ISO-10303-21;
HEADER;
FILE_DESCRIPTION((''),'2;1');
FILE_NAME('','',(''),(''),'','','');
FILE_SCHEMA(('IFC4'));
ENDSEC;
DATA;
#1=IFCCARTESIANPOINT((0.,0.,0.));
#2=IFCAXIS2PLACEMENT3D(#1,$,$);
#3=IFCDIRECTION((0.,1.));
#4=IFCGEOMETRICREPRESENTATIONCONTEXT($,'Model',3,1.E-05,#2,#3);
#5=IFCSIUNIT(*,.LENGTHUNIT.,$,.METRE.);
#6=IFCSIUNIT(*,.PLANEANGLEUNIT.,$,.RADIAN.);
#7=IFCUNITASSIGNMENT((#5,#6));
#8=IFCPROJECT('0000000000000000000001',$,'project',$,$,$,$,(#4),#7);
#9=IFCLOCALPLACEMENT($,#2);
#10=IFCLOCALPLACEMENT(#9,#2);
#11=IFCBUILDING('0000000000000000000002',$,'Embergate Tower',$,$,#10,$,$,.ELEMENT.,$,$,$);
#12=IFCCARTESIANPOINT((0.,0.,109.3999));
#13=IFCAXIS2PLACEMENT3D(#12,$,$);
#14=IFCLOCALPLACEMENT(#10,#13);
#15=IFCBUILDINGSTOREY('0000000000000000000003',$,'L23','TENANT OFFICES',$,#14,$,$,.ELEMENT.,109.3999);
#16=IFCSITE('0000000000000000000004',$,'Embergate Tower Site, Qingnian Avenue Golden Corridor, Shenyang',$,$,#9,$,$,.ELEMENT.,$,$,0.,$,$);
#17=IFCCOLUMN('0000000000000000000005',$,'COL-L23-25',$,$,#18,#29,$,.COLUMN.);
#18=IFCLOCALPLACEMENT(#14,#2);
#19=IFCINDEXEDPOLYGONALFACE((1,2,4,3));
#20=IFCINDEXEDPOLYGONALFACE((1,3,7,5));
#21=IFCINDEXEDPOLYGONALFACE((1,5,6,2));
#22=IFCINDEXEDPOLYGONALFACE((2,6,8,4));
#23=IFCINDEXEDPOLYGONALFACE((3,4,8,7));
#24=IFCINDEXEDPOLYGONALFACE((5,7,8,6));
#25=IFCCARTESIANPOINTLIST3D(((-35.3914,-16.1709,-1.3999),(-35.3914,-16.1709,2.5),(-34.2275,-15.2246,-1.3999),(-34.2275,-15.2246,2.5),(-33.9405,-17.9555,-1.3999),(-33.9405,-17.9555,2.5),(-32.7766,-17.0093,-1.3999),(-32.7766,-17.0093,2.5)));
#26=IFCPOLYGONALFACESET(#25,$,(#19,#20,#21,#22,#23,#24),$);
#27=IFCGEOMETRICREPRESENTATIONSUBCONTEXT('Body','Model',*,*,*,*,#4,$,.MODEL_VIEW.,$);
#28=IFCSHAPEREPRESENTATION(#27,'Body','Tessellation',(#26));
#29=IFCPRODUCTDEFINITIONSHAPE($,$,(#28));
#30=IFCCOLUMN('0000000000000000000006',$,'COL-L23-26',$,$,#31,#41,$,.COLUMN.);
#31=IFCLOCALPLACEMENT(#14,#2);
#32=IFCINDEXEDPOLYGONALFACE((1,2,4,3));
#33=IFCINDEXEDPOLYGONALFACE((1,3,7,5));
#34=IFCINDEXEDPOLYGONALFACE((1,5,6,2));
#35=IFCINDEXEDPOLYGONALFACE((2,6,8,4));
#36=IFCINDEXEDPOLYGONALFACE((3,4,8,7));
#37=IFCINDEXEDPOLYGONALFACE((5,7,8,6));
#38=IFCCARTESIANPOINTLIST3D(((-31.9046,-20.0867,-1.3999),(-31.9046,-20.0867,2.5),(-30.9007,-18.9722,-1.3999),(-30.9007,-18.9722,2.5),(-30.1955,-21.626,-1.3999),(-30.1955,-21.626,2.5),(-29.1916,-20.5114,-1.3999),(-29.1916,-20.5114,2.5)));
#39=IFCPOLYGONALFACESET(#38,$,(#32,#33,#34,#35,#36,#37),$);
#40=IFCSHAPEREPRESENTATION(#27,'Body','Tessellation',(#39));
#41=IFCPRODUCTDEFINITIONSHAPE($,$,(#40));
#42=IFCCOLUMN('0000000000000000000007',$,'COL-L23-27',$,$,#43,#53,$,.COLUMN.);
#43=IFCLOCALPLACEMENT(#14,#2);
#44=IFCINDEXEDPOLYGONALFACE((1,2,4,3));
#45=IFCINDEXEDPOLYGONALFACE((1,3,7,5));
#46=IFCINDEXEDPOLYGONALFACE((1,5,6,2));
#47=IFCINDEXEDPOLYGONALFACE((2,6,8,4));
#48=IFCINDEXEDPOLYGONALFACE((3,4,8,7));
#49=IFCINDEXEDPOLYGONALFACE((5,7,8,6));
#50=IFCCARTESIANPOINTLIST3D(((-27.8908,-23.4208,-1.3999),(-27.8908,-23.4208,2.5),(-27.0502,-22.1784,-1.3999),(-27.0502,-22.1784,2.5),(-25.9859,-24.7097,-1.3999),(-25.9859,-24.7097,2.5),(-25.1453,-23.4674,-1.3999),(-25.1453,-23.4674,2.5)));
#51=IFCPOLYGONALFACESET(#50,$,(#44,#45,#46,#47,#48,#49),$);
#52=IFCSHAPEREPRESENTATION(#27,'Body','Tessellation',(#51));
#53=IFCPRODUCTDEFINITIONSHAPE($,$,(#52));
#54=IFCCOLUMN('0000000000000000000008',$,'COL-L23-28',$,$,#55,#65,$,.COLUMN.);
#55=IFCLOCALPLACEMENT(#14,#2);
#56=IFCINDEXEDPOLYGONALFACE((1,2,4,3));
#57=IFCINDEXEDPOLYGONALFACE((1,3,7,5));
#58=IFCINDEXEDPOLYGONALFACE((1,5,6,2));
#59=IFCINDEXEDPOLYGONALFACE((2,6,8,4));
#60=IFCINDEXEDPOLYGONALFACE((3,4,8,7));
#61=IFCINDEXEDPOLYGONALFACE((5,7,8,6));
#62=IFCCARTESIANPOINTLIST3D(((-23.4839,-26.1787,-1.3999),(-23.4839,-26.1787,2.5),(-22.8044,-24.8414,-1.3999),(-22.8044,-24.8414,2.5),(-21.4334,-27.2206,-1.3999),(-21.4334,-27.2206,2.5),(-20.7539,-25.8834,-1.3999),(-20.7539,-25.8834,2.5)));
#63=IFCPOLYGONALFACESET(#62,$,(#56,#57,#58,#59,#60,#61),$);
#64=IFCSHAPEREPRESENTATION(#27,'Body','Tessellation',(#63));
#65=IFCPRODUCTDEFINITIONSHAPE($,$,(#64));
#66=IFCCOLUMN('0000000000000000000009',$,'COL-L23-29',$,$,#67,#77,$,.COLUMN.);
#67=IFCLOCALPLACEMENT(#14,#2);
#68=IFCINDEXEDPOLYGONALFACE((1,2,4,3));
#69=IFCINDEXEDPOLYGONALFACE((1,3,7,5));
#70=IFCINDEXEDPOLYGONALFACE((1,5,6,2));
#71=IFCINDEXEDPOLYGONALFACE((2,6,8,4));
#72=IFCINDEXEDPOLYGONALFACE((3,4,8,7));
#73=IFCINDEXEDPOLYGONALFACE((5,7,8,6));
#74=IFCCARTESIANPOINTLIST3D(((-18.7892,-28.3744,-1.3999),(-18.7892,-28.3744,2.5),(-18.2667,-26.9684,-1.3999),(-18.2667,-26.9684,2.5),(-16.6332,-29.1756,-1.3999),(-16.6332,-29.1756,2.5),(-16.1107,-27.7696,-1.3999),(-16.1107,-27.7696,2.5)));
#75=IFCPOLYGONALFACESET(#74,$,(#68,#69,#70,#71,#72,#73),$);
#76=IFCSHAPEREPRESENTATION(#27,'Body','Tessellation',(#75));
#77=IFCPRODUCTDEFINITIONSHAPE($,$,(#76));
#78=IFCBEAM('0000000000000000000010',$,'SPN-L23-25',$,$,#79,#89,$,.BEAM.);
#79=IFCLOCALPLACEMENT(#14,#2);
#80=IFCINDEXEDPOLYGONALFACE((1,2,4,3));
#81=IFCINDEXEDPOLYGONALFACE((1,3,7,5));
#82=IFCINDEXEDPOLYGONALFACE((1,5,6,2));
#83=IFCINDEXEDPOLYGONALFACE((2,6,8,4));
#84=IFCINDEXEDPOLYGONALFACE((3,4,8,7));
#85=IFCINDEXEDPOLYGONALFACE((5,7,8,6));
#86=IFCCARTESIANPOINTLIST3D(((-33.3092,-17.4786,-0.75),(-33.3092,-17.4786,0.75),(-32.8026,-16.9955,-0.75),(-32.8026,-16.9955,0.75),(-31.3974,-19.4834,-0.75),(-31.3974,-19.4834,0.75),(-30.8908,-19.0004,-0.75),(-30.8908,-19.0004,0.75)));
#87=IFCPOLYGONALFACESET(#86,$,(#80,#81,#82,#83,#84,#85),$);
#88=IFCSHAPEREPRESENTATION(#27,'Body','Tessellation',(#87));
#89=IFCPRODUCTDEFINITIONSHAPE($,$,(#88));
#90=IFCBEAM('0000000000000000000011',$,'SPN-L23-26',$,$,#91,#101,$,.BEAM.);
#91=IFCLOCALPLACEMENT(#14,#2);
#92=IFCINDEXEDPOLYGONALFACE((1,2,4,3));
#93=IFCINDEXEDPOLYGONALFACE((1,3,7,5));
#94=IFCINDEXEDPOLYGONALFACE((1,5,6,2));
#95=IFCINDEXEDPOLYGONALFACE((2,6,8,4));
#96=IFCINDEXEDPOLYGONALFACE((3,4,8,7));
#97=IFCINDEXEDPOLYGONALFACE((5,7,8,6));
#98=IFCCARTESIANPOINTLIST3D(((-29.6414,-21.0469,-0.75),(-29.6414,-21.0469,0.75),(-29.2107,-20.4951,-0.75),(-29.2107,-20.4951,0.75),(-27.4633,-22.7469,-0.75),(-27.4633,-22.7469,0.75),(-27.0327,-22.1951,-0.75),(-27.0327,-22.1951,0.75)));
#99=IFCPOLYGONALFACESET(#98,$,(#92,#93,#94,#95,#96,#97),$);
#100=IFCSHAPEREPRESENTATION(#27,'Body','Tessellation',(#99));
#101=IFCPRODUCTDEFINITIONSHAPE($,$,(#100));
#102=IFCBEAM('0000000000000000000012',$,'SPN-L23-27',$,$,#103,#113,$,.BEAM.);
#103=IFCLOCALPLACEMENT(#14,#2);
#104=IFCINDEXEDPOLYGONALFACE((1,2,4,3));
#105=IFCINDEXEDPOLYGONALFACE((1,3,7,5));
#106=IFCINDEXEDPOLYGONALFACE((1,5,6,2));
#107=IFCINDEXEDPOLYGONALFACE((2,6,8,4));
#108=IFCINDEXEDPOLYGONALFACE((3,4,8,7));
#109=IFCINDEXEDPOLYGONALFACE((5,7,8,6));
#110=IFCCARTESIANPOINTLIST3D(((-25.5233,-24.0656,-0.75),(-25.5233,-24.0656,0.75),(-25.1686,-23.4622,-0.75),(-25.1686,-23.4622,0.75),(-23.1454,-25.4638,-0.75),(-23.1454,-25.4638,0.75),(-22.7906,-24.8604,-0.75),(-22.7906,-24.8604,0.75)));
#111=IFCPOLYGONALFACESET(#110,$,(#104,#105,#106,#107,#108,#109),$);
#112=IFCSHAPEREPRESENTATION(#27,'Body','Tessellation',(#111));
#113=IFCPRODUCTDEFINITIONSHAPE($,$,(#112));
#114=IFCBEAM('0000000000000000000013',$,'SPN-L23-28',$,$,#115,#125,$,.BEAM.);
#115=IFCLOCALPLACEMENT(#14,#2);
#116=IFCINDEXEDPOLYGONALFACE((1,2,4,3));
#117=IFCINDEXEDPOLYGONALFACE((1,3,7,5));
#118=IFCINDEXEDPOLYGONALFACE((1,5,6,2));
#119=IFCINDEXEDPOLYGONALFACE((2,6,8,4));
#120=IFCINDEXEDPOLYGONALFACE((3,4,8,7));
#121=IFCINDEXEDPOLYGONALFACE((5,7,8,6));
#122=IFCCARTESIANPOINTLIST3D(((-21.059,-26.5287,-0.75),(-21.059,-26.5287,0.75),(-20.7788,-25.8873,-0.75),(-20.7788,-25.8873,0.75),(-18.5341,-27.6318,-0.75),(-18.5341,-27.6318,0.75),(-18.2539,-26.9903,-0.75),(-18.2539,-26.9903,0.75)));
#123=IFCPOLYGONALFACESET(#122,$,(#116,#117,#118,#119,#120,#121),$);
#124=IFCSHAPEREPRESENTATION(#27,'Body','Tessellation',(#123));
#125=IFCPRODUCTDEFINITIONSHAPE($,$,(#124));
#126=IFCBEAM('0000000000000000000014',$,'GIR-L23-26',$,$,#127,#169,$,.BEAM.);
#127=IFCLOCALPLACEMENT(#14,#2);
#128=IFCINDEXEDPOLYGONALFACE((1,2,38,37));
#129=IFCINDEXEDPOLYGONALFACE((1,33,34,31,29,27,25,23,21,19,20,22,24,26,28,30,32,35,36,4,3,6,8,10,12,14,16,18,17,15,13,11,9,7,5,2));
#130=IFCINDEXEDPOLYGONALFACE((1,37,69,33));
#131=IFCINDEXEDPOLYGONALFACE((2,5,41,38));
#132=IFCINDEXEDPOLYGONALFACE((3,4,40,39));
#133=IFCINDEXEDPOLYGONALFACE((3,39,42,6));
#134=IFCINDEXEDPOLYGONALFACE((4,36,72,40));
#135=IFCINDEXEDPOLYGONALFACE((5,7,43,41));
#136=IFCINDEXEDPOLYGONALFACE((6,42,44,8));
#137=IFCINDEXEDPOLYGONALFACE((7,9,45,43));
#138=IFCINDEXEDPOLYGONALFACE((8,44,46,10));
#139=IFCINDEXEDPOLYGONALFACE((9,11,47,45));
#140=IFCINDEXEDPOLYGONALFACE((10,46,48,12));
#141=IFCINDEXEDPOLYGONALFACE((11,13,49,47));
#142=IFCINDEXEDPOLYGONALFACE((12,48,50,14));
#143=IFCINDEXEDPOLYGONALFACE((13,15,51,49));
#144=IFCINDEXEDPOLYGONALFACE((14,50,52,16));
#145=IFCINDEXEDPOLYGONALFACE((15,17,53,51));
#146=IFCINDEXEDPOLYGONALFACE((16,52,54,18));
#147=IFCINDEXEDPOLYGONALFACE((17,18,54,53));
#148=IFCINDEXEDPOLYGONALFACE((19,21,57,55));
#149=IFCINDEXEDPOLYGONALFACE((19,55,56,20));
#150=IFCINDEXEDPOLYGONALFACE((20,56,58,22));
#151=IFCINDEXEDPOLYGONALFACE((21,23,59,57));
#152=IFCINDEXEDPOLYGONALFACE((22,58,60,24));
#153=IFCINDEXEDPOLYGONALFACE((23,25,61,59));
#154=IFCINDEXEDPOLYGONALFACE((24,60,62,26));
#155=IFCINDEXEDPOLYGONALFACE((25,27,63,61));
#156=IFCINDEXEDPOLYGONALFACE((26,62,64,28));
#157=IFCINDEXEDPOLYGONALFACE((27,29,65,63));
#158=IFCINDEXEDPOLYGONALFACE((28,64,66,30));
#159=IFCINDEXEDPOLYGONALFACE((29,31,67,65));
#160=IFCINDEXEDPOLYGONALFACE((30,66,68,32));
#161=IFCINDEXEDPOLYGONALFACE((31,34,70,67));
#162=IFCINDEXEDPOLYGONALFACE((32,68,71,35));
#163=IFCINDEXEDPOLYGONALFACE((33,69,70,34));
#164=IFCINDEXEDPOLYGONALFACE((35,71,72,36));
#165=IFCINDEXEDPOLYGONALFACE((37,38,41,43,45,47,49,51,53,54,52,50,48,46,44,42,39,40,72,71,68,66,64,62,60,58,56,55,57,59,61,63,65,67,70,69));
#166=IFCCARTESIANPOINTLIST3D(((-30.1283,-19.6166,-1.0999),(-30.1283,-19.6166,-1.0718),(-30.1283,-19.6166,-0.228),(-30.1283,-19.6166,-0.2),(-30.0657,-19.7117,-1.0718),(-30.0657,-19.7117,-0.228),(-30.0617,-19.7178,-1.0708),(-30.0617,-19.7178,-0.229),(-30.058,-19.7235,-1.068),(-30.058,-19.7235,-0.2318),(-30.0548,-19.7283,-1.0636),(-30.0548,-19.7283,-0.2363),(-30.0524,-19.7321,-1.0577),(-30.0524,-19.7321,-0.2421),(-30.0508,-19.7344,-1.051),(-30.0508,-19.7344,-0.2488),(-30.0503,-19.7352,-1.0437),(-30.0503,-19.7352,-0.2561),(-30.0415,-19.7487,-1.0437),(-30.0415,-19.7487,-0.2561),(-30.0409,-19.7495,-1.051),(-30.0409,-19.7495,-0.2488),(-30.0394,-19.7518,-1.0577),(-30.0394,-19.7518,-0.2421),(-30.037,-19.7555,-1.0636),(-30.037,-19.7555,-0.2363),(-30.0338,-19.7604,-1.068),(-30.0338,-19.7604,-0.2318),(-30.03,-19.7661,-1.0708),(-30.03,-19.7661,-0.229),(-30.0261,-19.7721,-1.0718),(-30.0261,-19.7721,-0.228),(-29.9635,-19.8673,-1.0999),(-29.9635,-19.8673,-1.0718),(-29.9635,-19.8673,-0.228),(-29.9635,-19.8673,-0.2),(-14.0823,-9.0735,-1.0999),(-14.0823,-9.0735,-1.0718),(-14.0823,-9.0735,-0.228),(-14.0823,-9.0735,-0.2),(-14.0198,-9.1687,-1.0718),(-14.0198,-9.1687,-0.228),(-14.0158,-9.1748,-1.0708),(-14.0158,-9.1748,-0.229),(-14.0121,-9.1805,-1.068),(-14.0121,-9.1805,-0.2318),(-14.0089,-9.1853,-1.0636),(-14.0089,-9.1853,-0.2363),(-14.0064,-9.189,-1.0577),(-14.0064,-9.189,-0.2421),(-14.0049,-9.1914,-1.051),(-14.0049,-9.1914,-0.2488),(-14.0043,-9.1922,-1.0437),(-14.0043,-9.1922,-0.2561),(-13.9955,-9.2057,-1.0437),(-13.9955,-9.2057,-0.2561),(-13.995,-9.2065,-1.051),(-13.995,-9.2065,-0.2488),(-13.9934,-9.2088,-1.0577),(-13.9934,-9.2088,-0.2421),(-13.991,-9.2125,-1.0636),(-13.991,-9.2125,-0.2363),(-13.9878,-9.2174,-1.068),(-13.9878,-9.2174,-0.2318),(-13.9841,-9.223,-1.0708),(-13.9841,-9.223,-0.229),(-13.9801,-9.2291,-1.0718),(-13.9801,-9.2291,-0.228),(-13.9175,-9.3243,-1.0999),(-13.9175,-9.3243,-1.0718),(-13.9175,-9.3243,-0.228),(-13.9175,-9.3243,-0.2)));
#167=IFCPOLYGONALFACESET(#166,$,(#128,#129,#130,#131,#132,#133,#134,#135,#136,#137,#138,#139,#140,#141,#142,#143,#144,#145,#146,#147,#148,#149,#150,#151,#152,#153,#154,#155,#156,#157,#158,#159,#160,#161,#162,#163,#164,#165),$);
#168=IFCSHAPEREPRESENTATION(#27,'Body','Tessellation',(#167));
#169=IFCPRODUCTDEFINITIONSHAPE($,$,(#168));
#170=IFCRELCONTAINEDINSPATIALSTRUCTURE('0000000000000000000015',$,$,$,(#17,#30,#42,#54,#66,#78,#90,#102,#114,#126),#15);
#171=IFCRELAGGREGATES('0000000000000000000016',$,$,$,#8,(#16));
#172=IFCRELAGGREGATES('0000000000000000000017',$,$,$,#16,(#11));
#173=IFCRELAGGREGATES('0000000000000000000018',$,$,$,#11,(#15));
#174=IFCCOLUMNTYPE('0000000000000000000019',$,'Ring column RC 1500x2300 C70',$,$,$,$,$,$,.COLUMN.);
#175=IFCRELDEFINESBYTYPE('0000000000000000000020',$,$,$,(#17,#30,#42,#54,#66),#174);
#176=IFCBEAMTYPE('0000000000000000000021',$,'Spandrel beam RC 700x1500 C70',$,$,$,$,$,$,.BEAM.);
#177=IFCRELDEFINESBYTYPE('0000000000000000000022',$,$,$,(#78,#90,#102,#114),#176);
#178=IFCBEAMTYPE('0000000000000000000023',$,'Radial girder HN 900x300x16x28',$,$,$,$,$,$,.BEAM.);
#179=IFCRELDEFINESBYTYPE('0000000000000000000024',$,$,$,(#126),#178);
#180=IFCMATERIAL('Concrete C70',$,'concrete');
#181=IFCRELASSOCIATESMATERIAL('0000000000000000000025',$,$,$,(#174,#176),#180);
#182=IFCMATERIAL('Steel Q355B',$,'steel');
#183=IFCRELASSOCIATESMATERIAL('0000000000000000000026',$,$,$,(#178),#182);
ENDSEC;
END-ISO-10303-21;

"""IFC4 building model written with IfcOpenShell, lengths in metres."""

from ifc_helpers import new_model, si_unit, direction, frame, origin, origin_2d, place, context, subcontext, project, spatial, rectangle, i_section, extrude, source, transform, mapped, material, material_profile, profile_set, type_object, element, save


model = new_model("IFC4")

# Units and contexts
model_context = context("Model", 3, precision=1e-05, world=origin(), true_north=direction((0.0, 1.0)))
body_context = subcontext(model_context, "Body", "Model", "MODEL_VIEW")
ifc_project = project(units=[si_unit("LENGTHUNIT", "METRE"), si_unit("PLANEANGLEUNIT", "RADIAN")], contexts=[model_context])

# Site, building, storey
site_placement = place(None, origin())
site = spatial("IfcSite", under=ifc_project, at=site_placement, Name="Embergate Tower Site, Qingnian Avenue Golden Corridor, Shenyang", CompositionType="ELEMENT", RefElevation=0.0)
building_placement = place(site_placement, origin())
building = spatial("IfcBuilding", under=site, at=building_placement, Name="Embergate Tower", CompositionType="ELEMENT")
storey_placement = place(building_placement, frame((0.0, 0.0, 109.3999)))
storey = spatial("IfcBuildingStorey", under=building, at=storey_placement, Name="L23", Description="TENANT OFFICES", CompositionType="ELEMENT", Elevation=109.3999)

# Columns
ifc_material_1 = material(Name="Concrete C70", Category="concrete")
ifc_material_profile_1 = material_profile(ifc_material_1, rectangle(XDim=1.5, YDim=2.3, at=origin_2d()), Name="RC 1500x2300")
ifc_profile_set_1 = profile_set([ifc_material_profile_1], Name="Concrete C70")
column_type = type_object("IfcColumnType", Name="Ring column RC 1500x2300 C70", PredefinedType="COLUMN", material=ifc_profile_set_1)
shared_shape_1 = source(origin(), body_context, "Body", "SweptSolid", [
    extrude(rectangle(XDim=1.5, YDim=2.3, at=origin_2d()), origin(), (0.0, 0.0, 1.0), 3.8999),
])
for number, where, z_axis, x_axis, name in (
    (1, (-34.084, -16.5901, -1.3999), (0.0, 0.0, 1.0), (-0.775925, -0.630825, 0.0), "COL-L23-25"),
    (2, (-30.5481, -20.2991, -1.3999), (0.0, 0.0, 1.0), (-0.669221, -0.743063, 0.0), "COL-L23-26"),
    (3, (-26.5181, -23.4441, -1.3999), (0.0, 0.0, 1.0), (-0.560408, -0.828217, 0.0), "COL-L23-27"),
    (4, (-22.1189, -26.031, -1.3999), (0.0, 0.0, 1.0), (-0.453011, -0.891505, 0.0), "COL-L23-28"),
    (5, (-17.45, -28.072, -1.3999), (0.0, 0.0, 1.0), (-0.348343, -0.937367, 0.0), "COL-L23-29"),
):
    element("IfcColumn", number, at=place(storey_placement, frame(where, z_axis=z_axis, x_axis=x_axis)), inside=storey, type_object=column_type, Name=name, PredefinedType="COLUMN", context=body_context, shape_type="MappedRepresentation", body=[
        mapped(shared_shape_1, transform((0.0, 0.0, 0.0))),
    ])

# Beams
ifc_material_profile_2 = material_profile(ifc_material_1, rectangle(XDim=0.7, YDim=1.5, at=origin_2d()), Name="RC 700x1500")
ifc_profile_set_2 = profile_set([ifc_material_profile_2], Name="Concrete C70")
beam_type_1 = type_object("IfcBeamType", Name="Spandrel beam RC 700x1500 C70", PredefinedType="BEAM", material=ifc_profile_set_2)
shared_shape_2 = source(origin(), body_context, "Body", "SweptSolid", [
    extrude(rectangle(XDim=0.7, YDim=1.5, at=origin_2d()), origin(), (0.0, 0.0, 1.0), 2.7703),
])
beam_1_placement = place(storey_placement, frame((-33.0559, -17.2371, 0.0), z_axis=(0.690119, -0.723696, 0.0), x_axis=(0.723696, 0.690119, 0.0)))
element("IfcBeam", 6, at=beam_1_placement, inside=storey, type_object=beam_type_1, Name="SPN-L23-25", PredefinedType="BEAM", context=body_context, shape_type="MappedRepresentation", body=[
    mapped(shared_shape_2, transform((0.0, 0.0, 0.0))),
])
shared_shape_3 = source(origin(), body_context, "Body", "SweptSolid", [
    extrude(rectangle(XDim=0.7, YDim=1.5, at=origin_2d()), origin(), (0.0, 0.0, 1.0), 2.7629),
])
beam_2_placement = place(storey_placement, frame((-29.426, -20.771, 0.0), z_axis=(0.788304, -0.615286, 0.0), x_axis=(0.615286, 0.788304, 0.0)))
element("IfcBeam", 7, at=beam_2_placement, inside=storey, type_object=beam_type_1, Name="SPN-L23-26", PredefinedType="BEAM", context=body_context, shape_type="MappedRepresentation", body=[
    mapped(shared_shape_3, transform((0.0, 0.0, 0.0))),
])
shared_shape_4 = source(origin(), body_context, "Body", "SweptSolid", [
    extrude(rectangle(XDim=0.7, YDim=1.5, at=origin_2d()), origin(), (0.0, 0.0, 1.0), 2.7585),
])
beam_3_placement = place(storey_placement, frame((-25.3459, -23.7639, 0.0), z_axis=(0.862027, -0.506862, 0.0), x_axis=(0.506862, 0.862027, 0.0)))
element("IfcBeam", 8, at=beam_3_placement, inside=storey, type_object=beam_type_1, Name="SPN-L23-27", PredefinedType="BEAM", context=body_context, shape_type="MappedRepresentation", body=[
    mapped(shared_shape_4, transform((0.0, 0.0, 0.0))),
])
shared_shape_5 = source(origin(), body_context, "Body", "SweptSolid", [
    extrude(rectangle(XDim=0.7, YDim=1.5, at=origin_2d()), origin(), (0.0, 0.0, 1.0), 2.7554),
])
beam_4_placement = place(storey_placement, frame((-20.9189, -26.208, 0.0), z_axis=(0.916373, -0.400326, 0.0), x_axis=(0.400326, 0.916373, 0.0)))
element("IfcBeam", 9, at=beam_4_placement, inside=storey, type_object=beam_type_1, Name="SPN-L23-28", PredefinedType="BEAM", context=body_context, shape_type="MappedRepresentation", body=[
    mapped(shared_shape_5, transform((0.0, 0.0, 0.0))),
])
ifc_material_2 = material(Name="Steel Q355B", Category="steel")
ifc_material_profile_3 = material_profile(ifc_material_2, i_section(OverallWidth=0.3, OverallDepth=0.8999, WebThickness=0.0161, FlangeThickness=0.0281, FilletRadius=0.0281, at=origin_2d()), Name="HN 900x300x16x28")
ifc_profile_set_3 = profile_set([ifc_material_profile_3], Name="Steel Q355 grade B")
beam_type_2 = type_object("IfcBeamType", Name="Radial girder HN 900x300x16x28", PredefinedType="BEAM", material=ifc_profile_set_3)
shared_shape_6 = source(origin(), body_context, "Body", "SweptSolid", [
    extrude(i_section(OverallWidth=0.3, OverallDepth=0.8999, WebThickness=0.0161, FlangeThickness=0.0281, FilletRadius=0.0281, at=origin_2d()), origin(), (0.0, 0.0, 1.0), 19.1997),
])
beam_5_placement = place(storey_placement, frame((-30.0459, -19.7419, -0.6499), z_axis=(0.835741, 0.549124, 0.0), x_axis=(-0.549124, 0.835741, 0.0)))
element("IfcBeam", 10, at=beam_5_placement, inside=storey, type_object=beam_type_2, Name="GIR-L23-26", PredefinedType="BEAM", context=body_context, shape_type="MappedRepresentation", body=[
    mapped(shared_shape_6, transform((0.0, 0.0, 0.0))),
])

save(model, "model.ifc")
